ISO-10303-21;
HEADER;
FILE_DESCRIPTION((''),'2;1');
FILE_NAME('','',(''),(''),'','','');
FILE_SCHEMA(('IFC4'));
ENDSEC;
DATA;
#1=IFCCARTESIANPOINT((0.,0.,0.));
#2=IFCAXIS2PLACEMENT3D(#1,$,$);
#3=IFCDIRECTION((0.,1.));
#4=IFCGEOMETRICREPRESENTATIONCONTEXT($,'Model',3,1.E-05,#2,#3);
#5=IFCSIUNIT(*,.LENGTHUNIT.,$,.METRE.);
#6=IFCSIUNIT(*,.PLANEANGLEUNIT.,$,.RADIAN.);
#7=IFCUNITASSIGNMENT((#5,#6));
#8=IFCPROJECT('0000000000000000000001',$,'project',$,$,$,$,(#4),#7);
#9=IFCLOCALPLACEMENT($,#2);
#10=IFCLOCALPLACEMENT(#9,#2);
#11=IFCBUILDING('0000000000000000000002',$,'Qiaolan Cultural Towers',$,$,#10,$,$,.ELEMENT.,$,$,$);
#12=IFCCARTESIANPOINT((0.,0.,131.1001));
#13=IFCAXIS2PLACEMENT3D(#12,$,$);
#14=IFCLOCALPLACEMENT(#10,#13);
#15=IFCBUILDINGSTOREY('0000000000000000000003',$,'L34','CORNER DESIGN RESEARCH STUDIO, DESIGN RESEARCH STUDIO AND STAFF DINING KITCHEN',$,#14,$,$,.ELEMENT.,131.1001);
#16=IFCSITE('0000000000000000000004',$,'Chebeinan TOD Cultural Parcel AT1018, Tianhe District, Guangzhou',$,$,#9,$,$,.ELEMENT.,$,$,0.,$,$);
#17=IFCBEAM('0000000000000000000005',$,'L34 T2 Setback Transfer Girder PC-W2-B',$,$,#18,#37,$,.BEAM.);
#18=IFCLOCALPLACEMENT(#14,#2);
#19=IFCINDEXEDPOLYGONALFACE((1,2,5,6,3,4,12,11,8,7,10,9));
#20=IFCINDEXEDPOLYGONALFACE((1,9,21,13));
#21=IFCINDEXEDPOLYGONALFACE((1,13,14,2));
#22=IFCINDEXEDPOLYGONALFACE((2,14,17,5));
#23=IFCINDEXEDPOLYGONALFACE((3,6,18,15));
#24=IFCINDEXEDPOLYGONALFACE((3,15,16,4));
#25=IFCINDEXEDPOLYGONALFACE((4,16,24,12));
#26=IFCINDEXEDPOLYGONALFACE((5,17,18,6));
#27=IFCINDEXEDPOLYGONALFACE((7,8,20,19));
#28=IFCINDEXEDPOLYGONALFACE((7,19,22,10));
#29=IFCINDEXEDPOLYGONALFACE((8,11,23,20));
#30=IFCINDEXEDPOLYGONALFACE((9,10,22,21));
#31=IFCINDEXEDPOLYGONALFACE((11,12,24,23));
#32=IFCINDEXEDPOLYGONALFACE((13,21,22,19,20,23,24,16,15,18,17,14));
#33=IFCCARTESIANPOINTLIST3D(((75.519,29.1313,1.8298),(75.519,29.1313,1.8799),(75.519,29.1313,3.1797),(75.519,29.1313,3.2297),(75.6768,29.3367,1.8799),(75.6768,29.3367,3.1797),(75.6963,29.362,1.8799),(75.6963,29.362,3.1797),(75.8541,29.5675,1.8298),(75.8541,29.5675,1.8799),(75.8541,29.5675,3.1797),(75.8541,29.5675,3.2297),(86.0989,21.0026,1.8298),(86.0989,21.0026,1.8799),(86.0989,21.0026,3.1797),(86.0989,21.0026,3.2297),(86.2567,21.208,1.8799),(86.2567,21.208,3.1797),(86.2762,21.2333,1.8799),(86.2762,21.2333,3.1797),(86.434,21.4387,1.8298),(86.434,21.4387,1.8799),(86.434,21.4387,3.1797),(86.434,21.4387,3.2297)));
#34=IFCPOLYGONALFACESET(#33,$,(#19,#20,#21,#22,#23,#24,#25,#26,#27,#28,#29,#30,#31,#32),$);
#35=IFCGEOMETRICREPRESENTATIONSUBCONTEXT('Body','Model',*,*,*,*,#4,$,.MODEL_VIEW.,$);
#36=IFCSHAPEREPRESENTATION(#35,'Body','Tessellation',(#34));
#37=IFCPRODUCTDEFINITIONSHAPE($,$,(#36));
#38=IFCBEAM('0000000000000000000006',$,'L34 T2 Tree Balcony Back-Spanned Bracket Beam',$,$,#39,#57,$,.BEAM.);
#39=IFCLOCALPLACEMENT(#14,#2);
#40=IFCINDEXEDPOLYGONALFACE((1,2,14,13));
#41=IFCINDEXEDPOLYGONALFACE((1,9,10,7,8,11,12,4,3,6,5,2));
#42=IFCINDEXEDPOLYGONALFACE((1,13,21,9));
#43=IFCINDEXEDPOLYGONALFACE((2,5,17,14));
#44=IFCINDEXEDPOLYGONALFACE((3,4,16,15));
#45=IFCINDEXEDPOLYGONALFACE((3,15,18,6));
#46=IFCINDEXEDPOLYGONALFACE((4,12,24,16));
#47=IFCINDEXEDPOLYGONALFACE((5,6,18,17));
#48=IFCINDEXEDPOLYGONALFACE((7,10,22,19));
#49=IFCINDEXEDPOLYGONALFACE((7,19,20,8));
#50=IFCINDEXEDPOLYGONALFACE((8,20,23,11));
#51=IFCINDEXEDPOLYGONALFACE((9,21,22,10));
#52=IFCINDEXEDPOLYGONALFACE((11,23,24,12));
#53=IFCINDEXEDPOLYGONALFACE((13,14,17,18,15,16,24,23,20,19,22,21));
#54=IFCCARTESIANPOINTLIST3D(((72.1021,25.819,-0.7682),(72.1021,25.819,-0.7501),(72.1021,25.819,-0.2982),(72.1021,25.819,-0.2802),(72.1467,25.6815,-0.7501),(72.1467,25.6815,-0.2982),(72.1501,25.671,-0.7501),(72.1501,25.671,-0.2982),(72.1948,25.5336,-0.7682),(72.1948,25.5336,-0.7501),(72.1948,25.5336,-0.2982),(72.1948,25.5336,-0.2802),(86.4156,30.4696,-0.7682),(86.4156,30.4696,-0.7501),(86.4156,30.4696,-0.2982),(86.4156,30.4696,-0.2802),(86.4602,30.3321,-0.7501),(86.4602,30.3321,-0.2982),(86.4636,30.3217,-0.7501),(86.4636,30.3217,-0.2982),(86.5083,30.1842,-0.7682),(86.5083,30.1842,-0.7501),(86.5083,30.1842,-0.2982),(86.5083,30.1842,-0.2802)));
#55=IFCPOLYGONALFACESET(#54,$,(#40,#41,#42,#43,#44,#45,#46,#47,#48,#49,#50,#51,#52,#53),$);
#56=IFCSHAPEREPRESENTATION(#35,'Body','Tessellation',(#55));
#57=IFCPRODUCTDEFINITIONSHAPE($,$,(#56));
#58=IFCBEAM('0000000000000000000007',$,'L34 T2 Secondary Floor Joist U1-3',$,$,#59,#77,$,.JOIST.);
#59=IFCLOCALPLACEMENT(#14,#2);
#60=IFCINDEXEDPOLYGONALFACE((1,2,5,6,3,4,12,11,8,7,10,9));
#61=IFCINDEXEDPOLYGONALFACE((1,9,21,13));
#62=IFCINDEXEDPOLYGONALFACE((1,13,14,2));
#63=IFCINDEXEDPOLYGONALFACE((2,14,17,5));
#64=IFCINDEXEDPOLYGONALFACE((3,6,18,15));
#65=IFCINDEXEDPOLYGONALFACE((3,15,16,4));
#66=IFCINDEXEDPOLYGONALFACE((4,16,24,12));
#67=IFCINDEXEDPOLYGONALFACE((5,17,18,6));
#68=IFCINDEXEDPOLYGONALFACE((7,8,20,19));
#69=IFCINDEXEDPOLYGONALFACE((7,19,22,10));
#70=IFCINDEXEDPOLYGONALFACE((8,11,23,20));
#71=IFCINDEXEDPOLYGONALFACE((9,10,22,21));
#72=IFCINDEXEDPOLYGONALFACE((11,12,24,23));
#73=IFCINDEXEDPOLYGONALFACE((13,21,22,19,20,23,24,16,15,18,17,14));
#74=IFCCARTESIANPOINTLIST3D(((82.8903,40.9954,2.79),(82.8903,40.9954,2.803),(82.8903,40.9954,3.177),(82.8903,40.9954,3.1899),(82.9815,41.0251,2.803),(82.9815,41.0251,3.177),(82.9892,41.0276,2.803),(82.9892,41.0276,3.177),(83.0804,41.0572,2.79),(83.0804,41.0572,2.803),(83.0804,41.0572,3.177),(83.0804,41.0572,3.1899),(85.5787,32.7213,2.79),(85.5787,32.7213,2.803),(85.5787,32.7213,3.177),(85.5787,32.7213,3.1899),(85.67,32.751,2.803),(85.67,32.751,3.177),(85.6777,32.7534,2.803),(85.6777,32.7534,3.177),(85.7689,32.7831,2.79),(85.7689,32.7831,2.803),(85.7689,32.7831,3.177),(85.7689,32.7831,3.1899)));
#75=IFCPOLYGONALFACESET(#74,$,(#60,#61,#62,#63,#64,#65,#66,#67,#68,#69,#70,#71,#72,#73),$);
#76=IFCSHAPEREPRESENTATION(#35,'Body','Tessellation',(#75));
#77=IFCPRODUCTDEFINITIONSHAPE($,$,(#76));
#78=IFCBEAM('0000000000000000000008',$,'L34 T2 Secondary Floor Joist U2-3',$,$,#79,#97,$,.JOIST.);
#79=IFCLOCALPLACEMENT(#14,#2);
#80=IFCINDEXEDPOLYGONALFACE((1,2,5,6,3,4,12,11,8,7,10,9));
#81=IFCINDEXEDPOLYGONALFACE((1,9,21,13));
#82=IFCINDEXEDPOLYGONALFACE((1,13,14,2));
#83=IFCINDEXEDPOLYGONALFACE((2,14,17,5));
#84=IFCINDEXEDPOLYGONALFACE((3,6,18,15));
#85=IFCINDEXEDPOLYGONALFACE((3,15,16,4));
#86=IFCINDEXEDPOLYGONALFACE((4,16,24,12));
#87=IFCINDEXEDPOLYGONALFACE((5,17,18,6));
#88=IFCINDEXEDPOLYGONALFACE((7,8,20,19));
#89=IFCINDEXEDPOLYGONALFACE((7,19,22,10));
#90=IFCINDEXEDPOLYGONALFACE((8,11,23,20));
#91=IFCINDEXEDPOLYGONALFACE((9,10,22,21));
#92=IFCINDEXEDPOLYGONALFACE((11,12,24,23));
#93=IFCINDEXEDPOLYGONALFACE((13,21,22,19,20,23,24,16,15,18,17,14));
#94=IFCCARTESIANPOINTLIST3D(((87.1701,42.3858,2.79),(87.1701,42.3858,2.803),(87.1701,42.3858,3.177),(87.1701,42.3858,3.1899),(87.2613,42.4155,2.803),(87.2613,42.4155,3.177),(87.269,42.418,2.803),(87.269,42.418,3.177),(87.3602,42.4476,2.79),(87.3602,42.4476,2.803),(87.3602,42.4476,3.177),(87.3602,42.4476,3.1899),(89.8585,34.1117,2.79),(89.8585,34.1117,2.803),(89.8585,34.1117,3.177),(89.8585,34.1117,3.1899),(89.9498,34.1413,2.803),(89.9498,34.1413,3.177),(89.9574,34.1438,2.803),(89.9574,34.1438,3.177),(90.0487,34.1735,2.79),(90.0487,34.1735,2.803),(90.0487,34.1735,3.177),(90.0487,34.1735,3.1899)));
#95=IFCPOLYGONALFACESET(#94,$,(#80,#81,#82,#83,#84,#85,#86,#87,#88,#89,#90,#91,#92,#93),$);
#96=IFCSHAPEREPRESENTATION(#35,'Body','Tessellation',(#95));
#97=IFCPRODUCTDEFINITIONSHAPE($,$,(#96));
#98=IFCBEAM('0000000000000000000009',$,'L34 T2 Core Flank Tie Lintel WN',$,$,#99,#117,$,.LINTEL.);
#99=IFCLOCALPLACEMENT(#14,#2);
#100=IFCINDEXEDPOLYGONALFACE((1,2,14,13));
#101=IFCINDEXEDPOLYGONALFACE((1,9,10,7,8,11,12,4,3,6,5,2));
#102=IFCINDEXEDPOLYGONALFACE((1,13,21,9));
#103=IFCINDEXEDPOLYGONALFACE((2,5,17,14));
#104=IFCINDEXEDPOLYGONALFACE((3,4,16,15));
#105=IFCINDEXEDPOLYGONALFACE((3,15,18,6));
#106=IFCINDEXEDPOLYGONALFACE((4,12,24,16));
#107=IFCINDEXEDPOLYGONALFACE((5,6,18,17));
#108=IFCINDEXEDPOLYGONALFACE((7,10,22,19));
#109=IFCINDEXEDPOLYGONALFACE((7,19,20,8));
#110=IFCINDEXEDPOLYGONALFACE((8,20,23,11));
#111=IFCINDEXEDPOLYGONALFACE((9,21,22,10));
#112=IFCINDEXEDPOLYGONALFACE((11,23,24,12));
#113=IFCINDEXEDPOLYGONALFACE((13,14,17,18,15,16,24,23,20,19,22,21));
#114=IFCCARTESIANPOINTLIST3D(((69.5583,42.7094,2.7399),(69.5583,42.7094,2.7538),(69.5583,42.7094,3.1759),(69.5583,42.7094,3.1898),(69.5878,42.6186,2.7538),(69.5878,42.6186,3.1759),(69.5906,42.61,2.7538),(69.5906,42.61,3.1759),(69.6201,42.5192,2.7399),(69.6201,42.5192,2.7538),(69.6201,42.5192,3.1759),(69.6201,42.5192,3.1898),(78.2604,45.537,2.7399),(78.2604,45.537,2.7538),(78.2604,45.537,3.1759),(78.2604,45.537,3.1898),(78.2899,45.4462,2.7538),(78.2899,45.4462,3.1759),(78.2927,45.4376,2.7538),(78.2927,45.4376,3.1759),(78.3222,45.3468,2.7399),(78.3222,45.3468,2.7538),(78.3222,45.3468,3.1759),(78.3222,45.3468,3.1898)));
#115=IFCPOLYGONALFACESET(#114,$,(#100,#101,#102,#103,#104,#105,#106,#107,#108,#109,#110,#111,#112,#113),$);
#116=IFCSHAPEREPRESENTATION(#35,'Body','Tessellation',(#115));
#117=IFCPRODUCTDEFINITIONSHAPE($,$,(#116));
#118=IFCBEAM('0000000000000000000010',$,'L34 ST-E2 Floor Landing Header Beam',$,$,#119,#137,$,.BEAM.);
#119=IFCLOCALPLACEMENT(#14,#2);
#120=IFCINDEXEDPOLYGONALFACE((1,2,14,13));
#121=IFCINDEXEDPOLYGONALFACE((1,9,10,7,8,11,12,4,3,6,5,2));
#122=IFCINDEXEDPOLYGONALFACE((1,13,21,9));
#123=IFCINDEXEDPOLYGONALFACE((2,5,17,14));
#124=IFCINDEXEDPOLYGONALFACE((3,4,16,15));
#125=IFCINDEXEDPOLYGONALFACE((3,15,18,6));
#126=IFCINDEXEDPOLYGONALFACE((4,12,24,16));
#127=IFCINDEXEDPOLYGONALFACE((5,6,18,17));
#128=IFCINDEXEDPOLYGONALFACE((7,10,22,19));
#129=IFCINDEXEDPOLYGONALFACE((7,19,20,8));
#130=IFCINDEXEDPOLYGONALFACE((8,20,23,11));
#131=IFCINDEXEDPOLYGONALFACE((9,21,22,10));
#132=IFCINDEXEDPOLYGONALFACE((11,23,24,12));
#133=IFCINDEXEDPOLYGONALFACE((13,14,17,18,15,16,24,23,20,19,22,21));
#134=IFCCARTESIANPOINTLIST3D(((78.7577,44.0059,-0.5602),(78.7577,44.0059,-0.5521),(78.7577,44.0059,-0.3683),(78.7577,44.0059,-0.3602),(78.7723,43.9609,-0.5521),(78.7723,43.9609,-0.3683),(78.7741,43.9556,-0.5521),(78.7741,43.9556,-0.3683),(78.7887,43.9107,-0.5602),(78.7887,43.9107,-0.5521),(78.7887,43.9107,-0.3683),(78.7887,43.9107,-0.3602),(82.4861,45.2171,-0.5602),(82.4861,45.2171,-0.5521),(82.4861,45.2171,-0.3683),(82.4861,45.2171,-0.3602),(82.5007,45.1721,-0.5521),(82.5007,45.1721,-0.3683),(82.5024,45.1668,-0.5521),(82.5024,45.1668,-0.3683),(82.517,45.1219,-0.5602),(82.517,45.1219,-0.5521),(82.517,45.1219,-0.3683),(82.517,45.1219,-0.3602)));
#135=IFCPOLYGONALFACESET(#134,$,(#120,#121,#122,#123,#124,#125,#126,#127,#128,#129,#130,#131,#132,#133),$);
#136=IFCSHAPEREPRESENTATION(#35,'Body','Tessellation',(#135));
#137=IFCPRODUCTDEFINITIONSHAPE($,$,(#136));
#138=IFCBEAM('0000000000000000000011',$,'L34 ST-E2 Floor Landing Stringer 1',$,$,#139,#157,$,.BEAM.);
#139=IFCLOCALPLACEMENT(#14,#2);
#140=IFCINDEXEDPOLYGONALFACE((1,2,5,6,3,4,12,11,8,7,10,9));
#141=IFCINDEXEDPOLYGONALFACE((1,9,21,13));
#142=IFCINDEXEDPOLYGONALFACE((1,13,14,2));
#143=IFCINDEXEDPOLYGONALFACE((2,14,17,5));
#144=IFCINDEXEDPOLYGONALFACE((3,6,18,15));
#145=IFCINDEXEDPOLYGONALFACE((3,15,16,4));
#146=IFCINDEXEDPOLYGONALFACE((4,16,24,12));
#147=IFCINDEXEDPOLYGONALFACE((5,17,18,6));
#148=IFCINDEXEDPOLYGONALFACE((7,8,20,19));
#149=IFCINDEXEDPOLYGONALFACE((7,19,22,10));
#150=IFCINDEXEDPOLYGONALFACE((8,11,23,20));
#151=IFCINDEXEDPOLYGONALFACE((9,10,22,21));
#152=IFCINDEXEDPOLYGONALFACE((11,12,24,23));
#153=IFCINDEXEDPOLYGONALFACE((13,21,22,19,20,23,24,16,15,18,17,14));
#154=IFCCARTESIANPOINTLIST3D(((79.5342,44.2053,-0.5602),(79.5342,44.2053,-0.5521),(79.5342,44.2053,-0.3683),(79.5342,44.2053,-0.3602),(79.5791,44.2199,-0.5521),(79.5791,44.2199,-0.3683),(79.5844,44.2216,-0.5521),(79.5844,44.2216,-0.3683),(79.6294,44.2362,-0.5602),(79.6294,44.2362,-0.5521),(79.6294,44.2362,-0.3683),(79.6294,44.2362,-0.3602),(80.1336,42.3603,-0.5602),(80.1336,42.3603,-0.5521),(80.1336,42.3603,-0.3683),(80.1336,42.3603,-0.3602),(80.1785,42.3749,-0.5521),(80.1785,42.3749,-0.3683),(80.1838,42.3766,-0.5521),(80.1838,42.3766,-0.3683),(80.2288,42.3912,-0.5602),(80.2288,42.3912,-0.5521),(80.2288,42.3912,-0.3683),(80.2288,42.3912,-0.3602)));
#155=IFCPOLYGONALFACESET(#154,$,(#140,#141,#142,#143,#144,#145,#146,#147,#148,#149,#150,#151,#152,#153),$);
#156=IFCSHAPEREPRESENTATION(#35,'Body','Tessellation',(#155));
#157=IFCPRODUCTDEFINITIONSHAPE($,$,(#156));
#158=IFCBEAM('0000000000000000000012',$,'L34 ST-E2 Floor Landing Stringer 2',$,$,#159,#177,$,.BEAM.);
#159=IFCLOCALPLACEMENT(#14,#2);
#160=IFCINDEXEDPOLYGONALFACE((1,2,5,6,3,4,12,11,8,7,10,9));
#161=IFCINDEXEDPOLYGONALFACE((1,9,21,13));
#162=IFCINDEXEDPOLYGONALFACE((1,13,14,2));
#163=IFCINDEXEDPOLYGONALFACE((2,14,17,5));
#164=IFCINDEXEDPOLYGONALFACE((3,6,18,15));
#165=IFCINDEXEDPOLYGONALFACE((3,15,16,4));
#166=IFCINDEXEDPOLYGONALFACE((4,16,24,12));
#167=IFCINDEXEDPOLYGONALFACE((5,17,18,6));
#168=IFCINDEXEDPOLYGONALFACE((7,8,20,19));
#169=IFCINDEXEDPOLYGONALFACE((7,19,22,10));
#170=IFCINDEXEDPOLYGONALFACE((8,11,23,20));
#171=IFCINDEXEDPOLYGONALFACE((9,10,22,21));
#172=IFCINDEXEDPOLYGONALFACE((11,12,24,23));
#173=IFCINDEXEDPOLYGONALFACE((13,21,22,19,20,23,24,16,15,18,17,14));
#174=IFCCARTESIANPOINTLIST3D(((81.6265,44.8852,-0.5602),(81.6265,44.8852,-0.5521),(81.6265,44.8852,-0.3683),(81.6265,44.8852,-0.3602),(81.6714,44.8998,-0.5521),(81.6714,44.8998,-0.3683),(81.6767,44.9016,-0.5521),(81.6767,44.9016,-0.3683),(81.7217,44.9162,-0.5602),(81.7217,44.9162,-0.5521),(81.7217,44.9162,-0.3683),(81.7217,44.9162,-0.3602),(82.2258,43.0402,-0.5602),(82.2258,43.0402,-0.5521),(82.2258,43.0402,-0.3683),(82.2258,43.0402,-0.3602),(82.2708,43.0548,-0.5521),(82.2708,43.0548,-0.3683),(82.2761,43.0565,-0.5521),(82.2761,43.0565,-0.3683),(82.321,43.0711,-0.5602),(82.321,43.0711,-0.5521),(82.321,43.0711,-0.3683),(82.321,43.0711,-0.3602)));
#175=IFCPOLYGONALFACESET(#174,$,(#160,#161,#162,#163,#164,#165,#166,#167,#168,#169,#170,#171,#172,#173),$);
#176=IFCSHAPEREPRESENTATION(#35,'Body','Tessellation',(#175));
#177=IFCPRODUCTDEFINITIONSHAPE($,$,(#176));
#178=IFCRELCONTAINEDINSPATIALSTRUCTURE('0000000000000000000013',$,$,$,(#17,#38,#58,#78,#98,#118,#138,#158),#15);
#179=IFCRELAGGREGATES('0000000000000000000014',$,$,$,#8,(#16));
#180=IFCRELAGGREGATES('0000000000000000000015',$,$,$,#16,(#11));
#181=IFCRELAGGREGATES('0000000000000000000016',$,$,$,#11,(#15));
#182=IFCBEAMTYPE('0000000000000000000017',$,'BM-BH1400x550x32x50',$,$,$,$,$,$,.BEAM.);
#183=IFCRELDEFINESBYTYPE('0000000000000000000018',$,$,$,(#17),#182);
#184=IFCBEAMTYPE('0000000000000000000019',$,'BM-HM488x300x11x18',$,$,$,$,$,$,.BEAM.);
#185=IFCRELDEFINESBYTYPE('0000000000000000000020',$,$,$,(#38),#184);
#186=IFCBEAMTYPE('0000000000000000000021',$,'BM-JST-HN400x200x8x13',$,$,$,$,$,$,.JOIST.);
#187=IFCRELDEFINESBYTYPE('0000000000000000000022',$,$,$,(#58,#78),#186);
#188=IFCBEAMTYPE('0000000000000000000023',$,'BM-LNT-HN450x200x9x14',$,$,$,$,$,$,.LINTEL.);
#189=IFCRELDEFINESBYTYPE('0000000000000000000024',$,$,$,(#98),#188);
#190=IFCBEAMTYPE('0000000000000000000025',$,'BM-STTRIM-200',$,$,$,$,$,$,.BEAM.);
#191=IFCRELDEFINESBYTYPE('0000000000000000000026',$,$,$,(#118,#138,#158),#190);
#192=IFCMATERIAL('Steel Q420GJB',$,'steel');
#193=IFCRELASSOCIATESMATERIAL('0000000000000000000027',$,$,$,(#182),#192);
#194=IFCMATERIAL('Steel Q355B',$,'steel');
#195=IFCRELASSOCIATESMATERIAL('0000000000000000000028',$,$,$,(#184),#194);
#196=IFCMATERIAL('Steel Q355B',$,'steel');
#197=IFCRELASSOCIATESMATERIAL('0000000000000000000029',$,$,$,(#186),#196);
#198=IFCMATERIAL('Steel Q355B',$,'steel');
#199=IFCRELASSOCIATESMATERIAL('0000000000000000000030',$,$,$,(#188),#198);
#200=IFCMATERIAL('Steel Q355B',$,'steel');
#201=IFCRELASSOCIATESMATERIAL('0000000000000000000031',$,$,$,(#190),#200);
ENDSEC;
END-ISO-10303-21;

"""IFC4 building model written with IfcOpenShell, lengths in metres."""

from ifc_helpers import new_model, si_unit, direction, frame, origin, origin_2d, place, context, subcontext, project, spatial, i_section, extrude, material, material_profile, profile_set, type_object, element, save


model = new_model("IFC4")

# Units and contexts
model_context = context("Model", 3, precision=1e-05, world=origin(), true_north=direction((0.0, 1.0)))
body_context = subcontext(model_context, "Body", "Model", "MODEL_VIEW")
ifc_project = project(units=[si_unit("LENGTHUNIT", "METRE"), si_unit("PLANEANGLEUNIT", "RADIAN")], contexts=[model_context])

# Site, building, storey
site_placement = place(None, origin())
site = spatial("IfcSite", under=ifc_project, at=site_placement, Name="Chebeinan TOD Cultural Parcel AT1018, Tianhe District, Guangzhou", CompositionType="ELEMENT", RefElevation=0.0)
building_placement = place(site_placement, origin())
building = spatial("IfcBuilding", under=site, at=building_placement, Name="Qiaolan Cultural Towers", CompositionType="ELEMENT")
storey_placement = place(building_placement, frame((0.0, 0.0, 131.1001)))
storey = spatial("IfcBuildingStorey", under=building, at=storey_placement, Name="L34", Description="CORNER DESIGN RESEARCH STUDIO, DESIGN RESEARCH STUDIO AND STAFF DINING KITCHEN", CompositionType="ELEMENT", Elevation=131.1001)

# Beams
ifc_material_1 = material(Name="Steel Q420GJB", Category="steel")
ifc_material_profile_1 = material_profile(ifc_material_1, i_section(OverallWidth=0.55, OverallDepth=1.3999, WebThickness=0.032, FlangeThickness=0.05, at=origin_2d()), Name="BH1400x550x32x50")
ifc_profile_set_1 = profile_set([ifc_material_profile_1], Name="Steel Q420GJB")
beam_type_1 = type_object("IfcBeamType", Name="BM-BH1400x550x32x50", PredefinedType="BEAM", material=ifc_profile_set_1)
beam_1_placement = place(storey_placement, frame((75.6865, 29.3494, 2.5298), z_axis=(0.792974, -0.609255, 0.0), x_axis=(0.609255, 0.792974, 0.0)))
element("IfcBeam", 1, at=beam_1_placement, inside=storey, type_object=beam_type_1, Name="L34 T2 Setback Transfer Girder PC-W2-B", PredefinedType="BEAM", context=body_context, shape_type="SweptSolid", body=[
    extrude(i_section(OverallWidth=0.55, OverallDepth=1.3999, WebThickness=0.032, FlangeThickness=0.05, at=origin_2d()), origin(), (0.0, 0.0, 1.0), 13.342),
])
ifc_material_2 = material(Name="Steel Q355B", Category="steel")
ifc_material_profile_2 = material_profile(ifc_material_2, i_section(OverallWidth=0.3, OverallDepth=0.488, WebThickness=0.011, FlangeThickness=0.0181, at=origin_2d()), Name="HM488x300x11x18")
ifc_profile_set_2 = profile_set([ifc_material_profile_2], Name="Steel Q355B")
beam_type_2 = type_object("IfcBeamType", Name="BM-HM488x300x11x18", PredefinedType="BEAM", material=ifc_profile_set_2)
beam_2_placement = place(storey_placement, frame((86.4619, 30.3269, -0.5242), z_axis=(-0.951058, -0.309011, 0.0), x_axis=(0.309011, -0.951058, 0.0)))
element("IfcBeam", 2, at=beam_2_placement, inside=storey, type_object=beam_type_2, Name="L34 T2 Tree Balcony Back-Spanned Bracket Beam", PredefinedType="BEAM", context=body_context, shape_type="SweptSolid", body=[
    extrude(i_section(OverallWidth=0.3, OverallDepth=0.488, WebThickness=0.011, FlangeThickness=0.0181, at=origin_2d()), origin(), (0.0, 0.0, 1.0), 15.05),
])
ifc_material_3 = material(Name="Steel Q355B", Category="steel")
ifc_material_profile_3 = material_profile(ifc_material_3, i_section(OverallWidth=0.2, OverallDepth=0.3999, WebThickness=0.0081, FlangeThickness=0.0129, at=origin_2d()), Name="HN400x200x8x13")
ifc_profile_set_3 = profile_set([ifc_material_profile_3], Name="Steel Q355B")
beam_type_3 = type_object("IfcBeamType", Name="BM-JST-HN400x200x8x13", PredefinedType="JOIST", material=ifc_profile_set_3)
for number, where, z_axis, x_axis, name in (
    (3, (85.6738, 32.7522, 2.99), (-0.309021, 0.951055, 0.0), (-0.951055, -0.309021, 0.0), "L34 T2 Secondary Floor Joist U1-3"),
    (4, (89.9536, 34.1426, 2.99), (-0.309021, 0.951055, 0.0), (-0.951055, -0.309021, 0.0), "L34 T2 Secondary Floor Joist U2-3"),
):
    element("IfcBeam", number, at=place(storey_placement, frame(where, z_axis=z_axis, x_axis=x_axis)), inside=storey, type_object=beam_type_3, Name=name, PredefinedType="JOIST", context=body_context, shape_type="SweptSolid", body=[
        extrude(i_section(OverallWidth=0.2, OverallDepth=0.3999, WebThickness=0.0081, FlangeThickness=0.0129, at=origin_2d()), origin(), (0.0, 0.0, 1.0), 8.7),
    ])
ifc_material_4 = material(Name="Steel Q355B", Category="steel")
ifc_material_profile_4 = material_profile(ifc_material_4, i_section(OverallWidth=0.2, OverallDepth=0.45, WebThickness=0.009, FlangeThickness=0.0139, at=origin_2d()), Name="HN450x200x9x14")
ifc_profile_set_4 = profile_set([ifc_material_profile_4], Name="Steel Q355B")
beam_type_4 = type_object("IfcBeamType", Name="BM-LNT-HN450x200x9x14", PredefinedType="LINTEL", material=ifc_profile_set_4)
beam_3_placement = place(storey_placement, frame((78.2913, 45.4419, 2.9648), z_axis=(-0.951052, -0.309031, 0.0), x_axis=(0.309031, -0.951052, 0.0)))
element("IfcBeam", 5, at=beam_3_placement, inside=storey, type_object=beam_type_4, Name="L34 T2 Core Flank Tie Lintel WN", PredefinedType="LINTEL", context=body_context, shape_type="SweptSolid", body=[
    extrude(i_section(OverallWidth=0.2, OverallDepth=0.45, WebThickness=0.009, FlangeThickness=0.0139, at=origin_2d()), origin(), (0.0, 0.0, 1.0), 9.1499),
])
ifc_material_5 = material(Name="Steel Q355B", Category="steel")
ifc_material_profile_5 = material_profile(ifc_material_5, i_section(OverallWidth=0.1001, OverallDepth=0.2, WebThickness=0.0056, FlangeThickness=0.0081, at=origin_2d()), Name="HN200x100x5.5x8")
ifc_profile_set_5 = profile_set([ifc_material_profile_5], Name="Steel Q355B")
beam_type_5 = type_object("IfcBeamType", Name="BM-STTRIM-200", PredefinedType="BEAM", material=ifc_profile_set_5)
beam_4_placement = place(storey_placement, frame((78.7732, 43.9583, -0.4602), z_axis=(0.951072, 0.308969, 0.0), x_axis=(-0.308969, 0.951072, 0.0)))
element("IfcBeam", 6, at=beam_4_placement, inside=storey, type_object=beam_type_5, Name="L34 ST-E2 Floor Landing Header Beam", PredefinedType="BEAM", context=body_context, shape_type="SweptSolid", body=[
    extrude(i_section(OverallWidth=0.1001, OverallDepth=0.2, WebThickness=0.0056, FlangeThickness=0.0081, at=origin_2d()), origin(), (0.0, 0.0, 1.0), 3.9202),
])
for number, where, z_axis, x_axis, name in (
    (7, (80.1812, 42.3757, -0.4602), (-0.308969, 0.951072, 0.0), (-0.951072, -0.308969, 0.0), "L34 ST-E2 Floor Landing Stringer 1"),
    (8, (82.2734, 43.0557, -0.4602), (-0.308969, 0.951072, 0.0), (-0.951072, -0.308969, 0.0), "L34 ST-E2 Floor Landing Stringer 2"),
):
    element("IfcBeam", number, at=place(storey_placement, frame(where, z_axis=z_axis, x_axis=x_axis)), inside=storey, type_object=beam_type_5, Name=name, PredefinedType="BEAM", context=body_context, shape_type="SweptSolid", body=[
        extrude(i_section(OverallWidth=0.1001, OverallDepth=0.2, WebThickness=0.0056, FlangeThickness=0.0081, at=origin_2d()), origin(), (0.0, 0.0, 1.0), 1.9399),
    ])

save(model, "model.ifc")
